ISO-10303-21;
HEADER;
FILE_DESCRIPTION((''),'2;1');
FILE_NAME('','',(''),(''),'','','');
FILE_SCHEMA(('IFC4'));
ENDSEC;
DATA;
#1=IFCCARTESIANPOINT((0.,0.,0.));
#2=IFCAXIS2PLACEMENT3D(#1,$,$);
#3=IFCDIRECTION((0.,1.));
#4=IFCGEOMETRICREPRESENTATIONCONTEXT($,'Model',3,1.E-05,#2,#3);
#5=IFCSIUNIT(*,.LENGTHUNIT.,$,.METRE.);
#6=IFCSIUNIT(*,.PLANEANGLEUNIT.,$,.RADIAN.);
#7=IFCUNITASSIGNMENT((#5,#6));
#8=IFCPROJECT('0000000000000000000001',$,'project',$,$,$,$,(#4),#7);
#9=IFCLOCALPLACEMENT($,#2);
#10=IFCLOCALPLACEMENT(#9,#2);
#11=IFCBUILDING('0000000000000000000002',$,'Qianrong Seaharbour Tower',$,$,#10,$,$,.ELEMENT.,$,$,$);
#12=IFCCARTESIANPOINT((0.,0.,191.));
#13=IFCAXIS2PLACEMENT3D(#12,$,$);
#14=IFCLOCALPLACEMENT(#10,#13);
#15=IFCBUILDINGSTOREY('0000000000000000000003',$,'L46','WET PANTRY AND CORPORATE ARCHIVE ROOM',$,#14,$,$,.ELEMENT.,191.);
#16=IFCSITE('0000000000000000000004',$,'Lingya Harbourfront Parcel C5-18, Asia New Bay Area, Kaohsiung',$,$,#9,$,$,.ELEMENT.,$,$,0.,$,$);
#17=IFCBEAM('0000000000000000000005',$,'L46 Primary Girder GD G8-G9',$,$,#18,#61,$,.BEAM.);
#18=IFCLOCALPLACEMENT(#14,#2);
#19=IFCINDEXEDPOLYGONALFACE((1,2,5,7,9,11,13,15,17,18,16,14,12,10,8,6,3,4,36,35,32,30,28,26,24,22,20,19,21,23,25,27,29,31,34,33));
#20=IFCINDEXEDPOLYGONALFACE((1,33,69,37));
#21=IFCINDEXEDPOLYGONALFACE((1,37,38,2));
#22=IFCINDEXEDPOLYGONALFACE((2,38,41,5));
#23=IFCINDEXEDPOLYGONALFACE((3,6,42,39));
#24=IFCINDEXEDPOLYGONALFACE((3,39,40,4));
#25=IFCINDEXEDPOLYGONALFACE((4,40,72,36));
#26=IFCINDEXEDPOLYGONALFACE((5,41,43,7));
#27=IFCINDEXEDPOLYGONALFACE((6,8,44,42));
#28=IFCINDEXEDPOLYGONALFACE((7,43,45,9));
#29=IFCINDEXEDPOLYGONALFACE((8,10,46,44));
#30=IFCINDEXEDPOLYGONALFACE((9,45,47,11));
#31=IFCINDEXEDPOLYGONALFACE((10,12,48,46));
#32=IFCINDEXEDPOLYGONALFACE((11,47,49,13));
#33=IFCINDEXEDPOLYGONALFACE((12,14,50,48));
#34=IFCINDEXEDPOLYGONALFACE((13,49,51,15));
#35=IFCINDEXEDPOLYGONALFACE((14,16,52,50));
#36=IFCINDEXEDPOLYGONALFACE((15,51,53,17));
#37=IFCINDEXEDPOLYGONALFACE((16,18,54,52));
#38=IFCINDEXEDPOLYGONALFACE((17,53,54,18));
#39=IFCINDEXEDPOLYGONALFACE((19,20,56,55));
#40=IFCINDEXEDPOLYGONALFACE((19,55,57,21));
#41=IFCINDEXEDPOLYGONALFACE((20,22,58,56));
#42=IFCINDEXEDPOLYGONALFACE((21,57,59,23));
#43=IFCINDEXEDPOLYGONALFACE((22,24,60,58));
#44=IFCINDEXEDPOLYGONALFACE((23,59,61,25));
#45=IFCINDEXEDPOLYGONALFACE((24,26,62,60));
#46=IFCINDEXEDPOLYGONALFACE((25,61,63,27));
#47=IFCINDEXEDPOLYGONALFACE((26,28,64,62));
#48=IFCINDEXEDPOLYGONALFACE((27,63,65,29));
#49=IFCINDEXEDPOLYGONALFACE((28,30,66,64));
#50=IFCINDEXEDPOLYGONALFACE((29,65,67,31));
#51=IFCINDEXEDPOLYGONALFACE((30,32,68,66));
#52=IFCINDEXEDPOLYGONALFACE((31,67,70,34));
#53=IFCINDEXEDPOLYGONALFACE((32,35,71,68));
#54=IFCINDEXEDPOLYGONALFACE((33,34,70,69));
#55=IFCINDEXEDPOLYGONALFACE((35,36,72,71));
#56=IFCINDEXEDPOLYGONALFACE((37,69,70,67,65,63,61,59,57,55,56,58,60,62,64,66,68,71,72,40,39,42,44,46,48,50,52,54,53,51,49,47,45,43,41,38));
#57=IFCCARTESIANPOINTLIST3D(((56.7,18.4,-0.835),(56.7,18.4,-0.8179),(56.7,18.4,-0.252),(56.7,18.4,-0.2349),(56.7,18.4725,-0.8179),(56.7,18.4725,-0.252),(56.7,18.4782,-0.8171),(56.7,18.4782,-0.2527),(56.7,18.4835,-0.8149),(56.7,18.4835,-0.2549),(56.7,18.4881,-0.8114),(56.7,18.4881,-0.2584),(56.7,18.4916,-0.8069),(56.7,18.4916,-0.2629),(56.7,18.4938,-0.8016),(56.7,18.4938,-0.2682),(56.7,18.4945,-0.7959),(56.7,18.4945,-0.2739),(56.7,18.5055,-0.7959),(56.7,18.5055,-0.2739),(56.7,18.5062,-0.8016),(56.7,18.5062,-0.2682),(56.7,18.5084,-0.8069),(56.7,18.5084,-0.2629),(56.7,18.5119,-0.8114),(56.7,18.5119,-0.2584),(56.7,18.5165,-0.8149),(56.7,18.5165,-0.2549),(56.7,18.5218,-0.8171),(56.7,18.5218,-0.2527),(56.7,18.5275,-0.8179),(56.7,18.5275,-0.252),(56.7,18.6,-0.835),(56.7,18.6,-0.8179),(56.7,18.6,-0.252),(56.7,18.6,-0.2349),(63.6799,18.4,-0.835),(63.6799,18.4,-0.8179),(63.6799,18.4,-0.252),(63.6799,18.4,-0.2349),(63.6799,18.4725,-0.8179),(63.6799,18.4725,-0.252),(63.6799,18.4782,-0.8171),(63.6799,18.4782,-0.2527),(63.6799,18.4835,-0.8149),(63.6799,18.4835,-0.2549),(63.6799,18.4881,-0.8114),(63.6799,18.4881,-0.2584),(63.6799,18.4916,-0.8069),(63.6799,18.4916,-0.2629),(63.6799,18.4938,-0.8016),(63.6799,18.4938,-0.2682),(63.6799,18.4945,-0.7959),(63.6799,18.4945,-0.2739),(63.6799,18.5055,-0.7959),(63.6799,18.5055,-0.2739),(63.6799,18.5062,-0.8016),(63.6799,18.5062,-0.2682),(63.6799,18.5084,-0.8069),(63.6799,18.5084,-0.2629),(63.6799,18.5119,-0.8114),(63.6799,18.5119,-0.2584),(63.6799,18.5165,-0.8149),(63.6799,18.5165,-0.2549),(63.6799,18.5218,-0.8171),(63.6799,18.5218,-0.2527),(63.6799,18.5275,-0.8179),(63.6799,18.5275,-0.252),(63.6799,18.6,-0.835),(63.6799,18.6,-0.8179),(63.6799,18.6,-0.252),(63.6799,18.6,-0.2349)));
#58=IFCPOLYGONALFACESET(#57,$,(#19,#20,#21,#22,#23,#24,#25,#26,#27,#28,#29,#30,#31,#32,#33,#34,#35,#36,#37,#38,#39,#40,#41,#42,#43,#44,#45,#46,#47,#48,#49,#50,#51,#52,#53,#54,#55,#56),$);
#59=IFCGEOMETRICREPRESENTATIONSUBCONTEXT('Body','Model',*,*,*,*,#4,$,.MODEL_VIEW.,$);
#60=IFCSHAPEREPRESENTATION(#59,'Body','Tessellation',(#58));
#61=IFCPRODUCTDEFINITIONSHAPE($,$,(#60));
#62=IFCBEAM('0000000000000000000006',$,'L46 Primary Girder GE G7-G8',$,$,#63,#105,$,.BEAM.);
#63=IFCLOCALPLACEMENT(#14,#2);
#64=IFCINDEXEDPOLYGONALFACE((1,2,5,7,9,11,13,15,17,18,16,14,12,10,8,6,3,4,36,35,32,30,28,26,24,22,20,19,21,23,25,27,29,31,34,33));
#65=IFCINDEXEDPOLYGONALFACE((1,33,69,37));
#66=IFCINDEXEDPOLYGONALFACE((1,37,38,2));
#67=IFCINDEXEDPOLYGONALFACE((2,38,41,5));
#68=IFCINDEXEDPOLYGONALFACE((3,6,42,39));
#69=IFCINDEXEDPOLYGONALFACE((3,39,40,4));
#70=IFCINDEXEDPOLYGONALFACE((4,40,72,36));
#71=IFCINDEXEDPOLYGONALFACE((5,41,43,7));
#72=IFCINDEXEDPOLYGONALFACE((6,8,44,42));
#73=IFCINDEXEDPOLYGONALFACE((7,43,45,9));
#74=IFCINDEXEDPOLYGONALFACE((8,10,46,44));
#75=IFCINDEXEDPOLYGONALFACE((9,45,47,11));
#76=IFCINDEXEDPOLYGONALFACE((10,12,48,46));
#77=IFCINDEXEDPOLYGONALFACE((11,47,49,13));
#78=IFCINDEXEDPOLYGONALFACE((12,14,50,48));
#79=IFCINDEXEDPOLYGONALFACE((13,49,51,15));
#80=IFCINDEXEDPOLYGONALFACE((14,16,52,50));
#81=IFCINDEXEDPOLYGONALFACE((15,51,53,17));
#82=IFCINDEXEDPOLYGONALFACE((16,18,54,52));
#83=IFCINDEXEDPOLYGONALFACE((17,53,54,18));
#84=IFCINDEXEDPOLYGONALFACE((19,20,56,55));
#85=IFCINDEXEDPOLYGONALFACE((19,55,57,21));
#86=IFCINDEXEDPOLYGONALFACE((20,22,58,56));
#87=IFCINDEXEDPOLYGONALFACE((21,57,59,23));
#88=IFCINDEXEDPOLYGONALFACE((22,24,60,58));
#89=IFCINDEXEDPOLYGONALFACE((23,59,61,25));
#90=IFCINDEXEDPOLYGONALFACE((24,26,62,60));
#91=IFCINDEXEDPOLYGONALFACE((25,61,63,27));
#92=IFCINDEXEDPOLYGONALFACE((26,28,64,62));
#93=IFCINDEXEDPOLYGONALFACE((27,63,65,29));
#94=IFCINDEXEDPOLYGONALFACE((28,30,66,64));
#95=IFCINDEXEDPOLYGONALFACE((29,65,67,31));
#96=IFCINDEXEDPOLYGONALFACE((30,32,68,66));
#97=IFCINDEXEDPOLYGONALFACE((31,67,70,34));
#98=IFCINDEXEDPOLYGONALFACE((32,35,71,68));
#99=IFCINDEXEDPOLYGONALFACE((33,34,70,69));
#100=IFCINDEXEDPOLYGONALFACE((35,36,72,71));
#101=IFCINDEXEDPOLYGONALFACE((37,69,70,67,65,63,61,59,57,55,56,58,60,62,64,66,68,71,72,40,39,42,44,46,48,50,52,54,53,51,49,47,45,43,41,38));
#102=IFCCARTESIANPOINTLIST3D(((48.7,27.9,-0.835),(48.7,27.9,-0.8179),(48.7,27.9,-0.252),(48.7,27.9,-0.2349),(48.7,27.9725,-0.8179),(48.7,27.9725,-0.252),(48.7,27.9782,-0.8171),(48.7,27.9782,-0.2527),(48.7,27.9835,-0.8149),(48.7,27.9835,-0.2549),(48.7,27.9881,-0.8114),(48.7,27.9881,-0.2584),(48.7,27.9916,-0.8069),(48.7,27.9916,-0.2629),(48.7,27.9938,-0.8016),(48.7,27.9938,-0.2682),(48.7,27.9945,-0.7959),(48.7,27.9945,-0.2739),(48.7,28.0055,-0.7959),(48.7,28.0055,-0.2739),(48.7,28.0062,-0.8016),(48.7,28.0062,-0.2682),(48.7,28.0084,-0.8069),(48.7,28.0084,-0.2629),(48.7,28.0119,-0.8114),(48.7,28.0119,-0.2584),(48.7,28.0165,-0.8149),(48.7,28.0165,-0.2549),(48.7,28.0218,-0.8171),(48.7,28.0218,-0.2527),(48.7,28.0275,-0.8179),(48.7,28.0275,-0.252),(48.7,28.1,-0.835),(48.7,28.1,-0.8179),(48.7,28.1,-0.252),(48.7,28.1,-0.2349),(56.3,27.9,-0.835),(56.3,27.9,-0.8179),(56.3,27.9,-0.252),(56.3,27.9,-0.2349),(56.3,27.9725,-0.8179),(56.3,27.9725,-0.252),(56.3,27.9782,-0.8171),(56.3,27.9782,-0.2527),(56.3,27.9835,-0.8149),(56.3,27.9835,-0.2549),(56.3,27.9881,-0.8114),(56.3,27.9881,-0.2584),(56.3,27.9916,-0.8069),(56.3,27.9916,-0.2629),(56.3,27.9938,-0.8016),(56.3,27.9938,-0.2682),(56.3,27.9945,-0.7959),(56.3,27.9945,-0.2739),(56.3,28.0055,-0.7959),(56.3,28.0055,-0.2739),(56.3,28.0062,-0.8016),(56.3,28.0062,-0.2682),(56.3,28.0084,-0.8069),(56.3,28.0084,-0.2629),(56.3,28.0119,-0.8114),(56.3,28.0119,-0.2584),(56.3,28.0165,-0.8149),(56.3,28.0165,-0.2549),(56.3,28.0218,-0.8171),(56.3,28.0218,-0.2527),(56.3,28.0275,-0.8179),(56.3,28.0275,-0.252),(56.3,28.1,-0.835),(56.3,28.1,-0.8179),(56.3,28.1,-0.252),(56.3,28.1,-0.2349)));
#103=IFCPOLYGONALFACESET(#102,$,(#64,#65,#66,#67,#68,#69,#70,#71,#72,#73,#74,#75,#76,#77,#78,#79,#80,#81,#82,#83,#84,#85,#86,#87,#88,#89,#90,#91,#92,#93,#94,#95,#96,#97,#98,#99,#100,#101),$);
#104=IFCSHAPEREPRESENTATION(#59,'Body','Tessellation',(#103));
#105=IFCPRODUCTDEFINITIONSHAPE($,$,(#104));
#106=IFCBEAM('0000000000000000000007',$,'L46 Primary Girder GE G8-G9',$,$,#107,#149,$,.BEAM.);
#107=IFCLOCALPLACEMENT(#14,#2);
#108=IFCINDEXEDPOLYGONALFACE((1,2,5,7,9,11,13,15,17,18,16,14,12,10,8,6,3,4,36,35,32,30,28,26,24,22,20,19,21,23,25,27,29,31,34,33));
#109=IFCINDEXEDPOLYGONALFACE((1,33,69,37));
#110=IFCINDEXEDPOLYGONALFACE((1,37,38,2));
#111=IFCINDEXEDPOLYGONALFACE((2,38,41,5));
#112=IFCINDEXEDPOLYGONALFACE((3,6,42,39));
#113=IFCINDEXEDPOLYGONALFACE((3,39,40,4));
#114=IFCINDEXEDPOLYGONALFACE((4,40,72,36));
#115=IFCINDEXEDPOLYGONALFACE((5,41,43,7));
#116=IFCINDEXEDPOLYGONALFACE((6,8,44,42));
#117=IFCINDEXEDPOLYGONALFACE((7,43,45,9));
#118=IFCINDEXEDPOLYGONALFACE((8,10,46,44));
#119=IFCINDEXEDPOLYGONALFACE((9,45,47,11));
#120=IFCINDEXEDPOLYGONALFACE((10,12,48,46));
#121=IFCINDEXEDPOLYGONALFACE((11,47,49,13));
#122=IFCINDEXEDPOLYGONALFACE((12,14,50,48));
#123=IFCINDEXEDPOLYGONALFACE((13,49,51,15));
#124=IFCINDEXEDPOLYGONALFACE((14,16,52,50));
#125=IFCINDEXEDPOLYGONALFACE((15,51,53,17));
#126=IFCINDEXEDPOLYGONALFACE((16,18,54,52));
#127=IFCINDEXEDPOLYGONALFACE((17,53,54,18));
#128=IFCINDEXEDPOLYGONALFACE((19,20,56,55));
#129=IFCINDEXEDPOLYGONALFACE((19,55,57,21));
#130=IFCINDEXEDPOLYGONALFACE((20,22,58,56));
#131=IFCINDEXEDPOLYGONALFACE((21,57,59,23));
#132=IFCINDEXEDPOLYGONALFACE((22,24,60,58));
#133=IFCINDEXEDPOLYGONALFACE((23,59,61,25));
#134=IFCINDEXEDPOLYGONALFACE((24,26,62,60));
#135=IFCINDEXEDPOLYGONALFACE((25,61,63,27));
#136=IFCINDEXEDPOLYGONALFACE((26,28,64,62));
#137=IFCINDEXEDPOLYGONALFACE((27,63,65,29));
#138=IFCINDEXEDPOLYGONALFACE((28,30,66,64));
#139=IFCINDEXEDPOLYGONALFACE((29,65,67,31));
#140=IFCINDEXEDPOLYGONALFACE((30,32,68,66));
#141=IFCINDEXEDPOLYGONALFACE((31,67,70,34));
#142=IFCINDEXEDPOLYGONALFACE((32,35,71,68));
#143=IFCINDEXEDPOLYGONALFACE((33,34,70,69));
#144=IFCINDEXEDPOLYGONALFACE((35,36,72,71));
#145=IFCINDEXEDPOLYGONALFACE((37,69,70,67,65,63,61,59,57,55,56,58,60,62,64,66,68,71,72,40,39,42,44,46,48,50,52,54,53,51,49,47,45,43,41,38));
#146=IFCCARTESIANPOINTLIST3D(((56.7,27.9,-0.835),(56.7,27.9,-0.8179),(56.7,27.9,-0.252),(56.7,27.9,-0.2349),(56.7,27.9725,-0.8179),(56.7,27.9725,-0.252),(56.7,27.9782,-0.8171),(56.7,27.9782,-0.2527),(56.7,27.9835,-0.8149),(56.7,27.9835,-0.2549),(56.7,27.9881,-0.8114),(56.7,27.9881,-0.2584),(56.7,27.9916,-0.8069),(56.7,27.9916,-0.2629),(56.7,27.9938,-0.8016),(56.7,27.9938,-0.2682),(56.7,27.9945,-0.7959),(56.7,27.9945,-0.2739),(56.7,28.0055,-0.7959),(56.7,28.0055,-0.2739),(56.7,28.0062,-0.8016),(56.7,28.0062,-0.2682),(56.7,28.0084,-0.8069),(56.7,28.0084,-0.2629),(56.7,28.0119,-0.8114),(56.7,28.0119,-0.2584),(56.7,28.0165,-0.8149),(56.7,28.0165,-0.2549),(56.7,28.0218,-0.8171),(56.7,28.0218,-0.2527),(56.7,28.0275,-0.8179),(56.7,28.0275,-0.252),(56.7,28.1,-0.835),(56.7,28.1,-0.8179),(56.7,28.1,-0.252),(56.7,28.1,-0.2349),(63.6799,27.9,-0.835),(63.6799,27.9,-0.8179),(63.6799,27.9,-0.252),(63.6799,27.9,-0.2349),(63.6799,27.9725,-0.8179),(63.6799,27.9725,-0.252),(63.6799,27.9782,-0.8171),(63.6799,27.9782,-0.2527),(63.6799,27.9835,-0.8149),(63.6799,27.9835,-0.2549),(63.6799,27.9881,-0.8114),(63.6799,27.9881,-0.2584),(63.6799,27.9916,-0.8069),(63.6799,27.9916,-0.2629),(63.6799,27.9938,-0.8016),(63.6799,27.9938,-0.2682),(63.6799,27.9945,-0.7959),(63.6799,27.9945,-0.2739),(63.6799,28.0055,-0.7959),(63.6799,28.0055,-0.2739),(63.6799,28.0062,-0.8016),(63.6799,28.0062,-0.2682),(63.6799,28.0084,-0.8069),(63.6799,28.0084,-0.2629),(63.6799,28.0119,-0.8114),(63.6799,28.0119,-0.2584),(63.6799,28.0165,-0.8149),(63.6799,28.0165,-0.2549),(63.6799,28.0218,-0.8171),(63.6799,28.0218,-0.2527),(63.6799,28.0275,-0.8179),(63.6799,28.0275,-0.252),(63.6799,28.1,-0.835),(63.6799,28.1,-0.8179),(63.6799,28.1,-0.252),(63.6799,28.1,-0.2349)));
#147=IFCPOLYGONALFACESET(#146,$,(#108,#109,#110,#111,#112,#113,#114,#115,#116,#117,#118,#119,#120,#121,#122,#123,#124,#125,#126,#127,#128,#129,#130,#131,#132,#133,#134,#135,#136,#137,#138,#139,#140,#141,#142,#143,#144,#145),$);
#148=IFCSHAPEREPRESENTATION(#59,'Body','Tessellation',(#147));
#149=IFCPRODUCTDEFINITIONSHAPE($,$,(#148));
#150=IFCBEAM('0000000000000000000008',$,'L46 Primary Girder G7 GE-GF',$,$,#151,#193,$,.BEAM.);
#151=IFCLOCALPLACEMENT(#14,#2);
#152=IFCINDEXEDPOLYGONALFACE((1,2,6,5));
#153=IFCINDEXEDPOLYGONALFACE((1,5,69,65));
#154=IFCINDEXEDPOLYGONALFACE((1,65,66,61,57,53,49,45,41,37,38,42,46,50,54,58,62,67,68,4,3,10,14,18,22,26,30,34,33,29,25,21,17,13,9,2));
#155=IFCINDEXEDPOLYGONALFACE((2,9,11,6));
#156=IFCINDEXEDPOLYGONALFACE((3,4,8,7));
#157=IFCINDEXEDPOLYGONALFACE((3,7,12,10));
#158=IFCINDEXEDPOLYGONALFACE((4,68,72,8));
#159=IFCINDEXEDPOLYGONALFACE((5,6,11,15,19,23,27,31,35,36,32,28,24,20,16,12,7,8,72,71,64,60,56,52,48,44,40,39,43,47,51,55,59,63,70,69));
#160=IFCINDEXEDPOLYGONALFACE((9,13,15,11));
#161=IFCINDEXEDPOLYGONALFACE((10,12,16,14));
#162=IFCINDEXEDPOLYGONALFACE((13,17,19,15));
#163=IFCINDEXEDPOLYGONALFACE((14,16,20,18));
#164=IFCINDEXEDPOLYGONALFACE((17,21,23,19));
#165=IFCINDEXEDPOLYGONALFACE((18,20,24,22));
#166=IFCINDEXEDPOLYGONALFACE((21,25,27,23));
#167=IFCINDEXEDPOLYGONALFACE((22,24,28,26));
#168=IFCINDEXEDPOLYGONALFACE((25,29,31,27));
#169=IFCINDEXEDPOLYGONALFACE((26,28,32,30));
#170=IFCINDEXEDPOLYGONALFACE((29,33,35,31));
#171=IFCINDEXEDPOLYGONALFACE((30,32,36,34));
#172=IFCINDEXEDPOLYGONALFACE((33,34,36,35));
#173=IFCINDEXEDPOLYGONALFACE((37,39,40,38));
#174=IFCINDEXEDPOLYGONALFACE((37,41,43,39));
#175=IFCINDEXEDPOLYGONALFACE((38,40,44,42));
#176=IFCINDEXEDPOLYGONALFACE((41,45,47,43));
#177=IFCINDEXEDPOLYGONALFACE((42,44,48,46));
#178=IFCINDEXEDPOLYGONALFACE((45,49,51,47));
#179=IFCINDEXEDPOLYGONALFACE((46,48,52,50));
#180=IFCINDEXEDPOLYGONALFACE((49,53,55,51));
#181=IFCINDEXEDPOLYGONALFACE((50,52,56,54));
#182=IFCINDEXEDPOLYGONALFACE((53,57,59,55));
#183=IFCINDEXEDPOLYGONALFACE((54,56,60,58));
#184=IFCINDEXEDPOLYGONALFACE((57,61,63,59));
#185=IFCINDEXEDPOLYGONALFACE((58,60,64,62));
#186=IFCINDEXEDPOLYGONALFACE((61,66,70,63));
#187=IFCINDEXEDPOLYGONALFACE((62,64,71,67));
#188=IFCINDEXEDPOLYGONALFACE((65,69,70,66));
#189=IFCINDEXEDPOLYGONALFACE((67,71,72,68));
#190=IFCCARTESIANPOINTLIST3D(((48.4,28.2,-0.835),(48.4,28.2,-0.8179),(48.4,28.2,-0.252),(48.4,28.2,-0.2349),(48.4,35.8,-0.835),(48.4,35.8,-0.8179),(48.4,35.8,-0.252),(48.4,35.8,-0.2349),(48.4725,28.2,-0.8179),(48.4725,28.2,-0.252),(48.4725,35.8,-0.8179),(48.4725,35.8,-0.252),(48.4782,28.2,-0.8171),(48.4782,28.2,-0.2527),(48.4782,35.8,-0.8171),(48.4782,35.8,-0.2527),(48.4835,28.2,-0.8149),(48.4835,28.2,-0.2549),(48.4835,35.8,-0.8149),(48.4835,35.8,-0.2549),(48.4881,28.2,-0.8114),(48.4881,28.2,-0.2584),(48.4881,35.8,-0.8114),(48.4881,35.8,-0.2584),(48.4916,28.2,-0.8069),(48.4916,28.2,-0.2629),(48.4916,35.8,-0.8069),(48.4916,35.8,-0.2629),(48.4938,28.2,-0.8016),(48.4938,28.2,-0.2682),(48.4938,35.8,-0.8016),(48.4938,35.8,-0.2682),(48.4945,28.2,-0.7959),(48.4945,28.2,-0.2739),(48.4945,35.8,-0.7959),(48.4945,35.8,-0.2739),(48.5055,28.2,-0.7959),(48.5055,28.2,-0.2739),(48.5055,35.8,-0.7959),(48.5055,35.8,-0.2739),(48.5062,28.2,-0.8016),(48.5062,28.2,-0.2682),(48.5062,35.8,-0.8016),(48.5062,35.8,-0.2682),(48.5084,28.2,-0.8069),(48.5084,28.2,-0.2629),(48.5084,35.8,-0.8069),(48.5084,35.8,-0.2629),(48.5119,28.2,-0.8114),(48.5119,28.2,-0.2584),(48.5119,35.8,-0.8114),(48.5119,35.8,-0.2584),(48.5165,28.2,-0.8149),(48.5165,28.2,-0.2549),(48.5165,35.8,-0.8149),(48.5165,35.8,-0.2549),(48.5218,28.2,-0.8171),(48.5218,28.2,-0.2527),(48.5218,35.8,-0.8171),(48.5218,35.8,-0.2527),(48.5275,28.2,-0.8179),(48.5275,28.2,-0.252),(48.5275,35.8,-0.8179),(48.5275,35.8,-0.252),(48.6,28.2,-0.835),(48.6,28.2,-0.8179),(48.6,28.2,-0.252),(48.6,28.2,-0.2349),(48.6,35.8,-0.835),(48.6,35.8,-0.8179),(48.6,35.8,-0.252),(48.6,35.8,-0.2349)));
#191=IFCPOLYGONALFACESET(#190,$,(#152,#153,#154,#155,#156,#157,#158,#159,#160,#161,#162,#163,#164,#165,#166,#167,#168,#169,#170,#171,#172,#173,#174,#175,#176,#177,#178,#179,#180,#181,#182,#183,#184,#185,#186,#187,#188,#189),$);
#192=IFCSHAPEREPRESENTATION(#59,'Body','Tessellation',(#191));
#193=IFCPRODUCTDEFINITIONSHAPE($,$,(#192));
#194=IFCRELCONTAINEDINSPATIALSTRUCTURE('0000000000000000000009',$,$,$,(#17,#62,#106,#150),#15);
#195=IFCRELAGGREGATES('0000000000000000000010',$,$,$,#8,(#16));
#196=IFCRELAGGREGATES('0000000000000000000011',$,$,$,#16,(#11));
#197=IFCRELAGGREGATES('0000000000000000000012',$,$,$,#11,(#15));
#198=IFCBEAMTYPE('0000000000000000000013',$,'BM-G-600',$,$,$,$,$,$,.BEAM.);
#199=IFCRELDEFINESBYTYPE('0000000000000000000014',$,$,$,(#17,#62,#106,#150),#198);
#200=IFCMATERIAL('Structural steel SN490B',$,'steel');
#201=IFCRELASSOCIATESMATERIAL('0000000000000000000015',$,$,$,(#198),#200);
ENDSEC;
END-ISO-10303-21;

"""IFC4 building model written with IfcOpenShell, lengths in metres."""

from ifc_helpers import new_model, si_unit, direction, frame, origin, origin_2d, place, context, subcontext, project, spatial, i_section, extrude, material, material_profile, profile_set, type_object, element, save


model = new_model("IFC4")

# Units and contexts
model_context = context("Model", 3, precision=1e-05, world=origin(), true_north=direction((0.0, 1.0)))
body_context = subcontext(model_context, "Body", "Model", "MODEL_VIEW")
ifc_project = project(units=[si_unit("LENGTHUNIT", "METRE"), si_unit("PLANEANGLEUNIT", "RADIAN")], contexts=[model_context])

# Site, building, storey
site_placement = place(None, origin())
site = spatial("IfcSite", under=ifc_project, at=site_placement, Name="Lingya Harbourfront Parcel C5-18, Asia New Bay Area, Kaohsiung", CompositionType="ELEMENT", RefElevation=0.0)
building_placement = place(site_placement, origin())
building = spatial("IfcBuilding", under=site, at=building_placement, Name="Qianrong Seaharbour Tower", CompositionType="ELEMENT")
storey_placement = place(building_placement, frame((0.0, 0.0, 191.0)))
storey = spatial("IfcBuildingStorey", under=building, at=storey_placement, Name="L46", Description="WET PANTRY AND CORPORATE ARCHIVE ROOM", CompositionType="ELEMENT", Elevation=191.0)

# Shared definitions
ifc_material_1 = material(Name="Structural steel SN490B", Category="steel")

# Beams
ifc_material_profile_1 = material_profile(ifc_material_1, i_section(OverallWidth=0.2, OverallDepth=0.6001, WebThickness=0.011, FlangeThickness=0.0171, FilletRadius=0.022, at=origin_2d()), Name="H600x200x11x17")
ifc_profile_set_1 = profile_set([ifc_material_profile_1], Name="Structural steel SN490B")
beam_type_1 = type_object("IfcBeamType", Name="BM-G-600", PredefinedType="BEAM", material=ifc_profile_set_1)
beam_1_placement = place(storey_placement, frame((56.7, 18.5, -0.5349), z_axis=(1.0, 0.0, 0.0), x_axis=(0.0, 1.0, 0.0)))
element("IfcBeam", 1, at=beam_1_placement, inside=storey, type_object=beam_type_1, Name="L46 Primary Girder GD G8-G9", PredefinedType="BEAM", context=body_context, shape_type="SweptSolid", body=[
    extrude(i_section(OverallWidth=0.2, OverallDepth=0.6001, WebThickness=0.011, FlangeThickness=0.0171, FilletRadius=0.022, at=origin_2d()), origin(), (0.0, 0.0, 1.0), 6.98),
])
beam_2_placement = place(storey_placement, frame((48.7, 28.0, -0.5349), z_axis=(1.0, 0.0, 0.0), x_axis=(0.0, 1.0, 0.0)))
element("IfcBeam", 2, at=beam_2_placement, inside=storey, type_object=beam_type_1, Name="L46 Primary Girder GE G7-G8", PredefinedType="BEAM", context=body_context, shape_type="SweptSolid", body=[
    extrude(i_section(OverallWidth=0.2, OverallDepth=0.6001, WebThickness=0.011, FlangeThickness=0.0171, FilletRadius=0.022, at=origin_2d()), origin(), (0.0, 0.0, 1.0), 7.6001),
])
beam_3_placement = place(storey_placement, frame((56.7, 28.0, -0.5349), z_axis=(1.0, 0.0, 0.0), x_axis=(0.0, 1.0, 0.0)))
element("IfcBeam", 3, at=beam_3_placement, inside=storey, type_object=beam_type_1, Name="L46 Primary Girder GE G8-G9", PredefinedType="BEAM", context=body_context, shape_type="SweptSolid", body=[
    extrude(i_section(OverallWidth=0.2, OverallDepth=0.6001, WebThickness=0.011, FlangeThickness=0.0171, FilletRadius=0.022, at=origin_2d()), origin(), (0.0, 0.0, 1.0), 6.98),
])
for number, where, z_axis, x_axis, name in (
    (4, (48.5, 28.2, -0.5349), (0.0, 1.0, 0.0), (-1.0, 0.0, 0.0), "L46 Primary Girder G7 GE-GF"),
):
    element("IfcBeam", number, at=place(storey_placement, frame(where, z_axis=z_axis, x_axis=x_axis)), inside=storey, type_object=beam_type_1, Name=name, PredefinedType="BEAM", context=body_context, shape_type="SweptSolid", body=[
        extrude(i_section(OverallWidth=0.2, OverallDepth=0.6001, WebThickness=0.011, FlangeThickness=0.0171, FilletRadius=0.022, at=origin_2d()), origin(), (0.0, 0.0, 1.0), 7.6001),
    ])

save(model, "model.ifc")
